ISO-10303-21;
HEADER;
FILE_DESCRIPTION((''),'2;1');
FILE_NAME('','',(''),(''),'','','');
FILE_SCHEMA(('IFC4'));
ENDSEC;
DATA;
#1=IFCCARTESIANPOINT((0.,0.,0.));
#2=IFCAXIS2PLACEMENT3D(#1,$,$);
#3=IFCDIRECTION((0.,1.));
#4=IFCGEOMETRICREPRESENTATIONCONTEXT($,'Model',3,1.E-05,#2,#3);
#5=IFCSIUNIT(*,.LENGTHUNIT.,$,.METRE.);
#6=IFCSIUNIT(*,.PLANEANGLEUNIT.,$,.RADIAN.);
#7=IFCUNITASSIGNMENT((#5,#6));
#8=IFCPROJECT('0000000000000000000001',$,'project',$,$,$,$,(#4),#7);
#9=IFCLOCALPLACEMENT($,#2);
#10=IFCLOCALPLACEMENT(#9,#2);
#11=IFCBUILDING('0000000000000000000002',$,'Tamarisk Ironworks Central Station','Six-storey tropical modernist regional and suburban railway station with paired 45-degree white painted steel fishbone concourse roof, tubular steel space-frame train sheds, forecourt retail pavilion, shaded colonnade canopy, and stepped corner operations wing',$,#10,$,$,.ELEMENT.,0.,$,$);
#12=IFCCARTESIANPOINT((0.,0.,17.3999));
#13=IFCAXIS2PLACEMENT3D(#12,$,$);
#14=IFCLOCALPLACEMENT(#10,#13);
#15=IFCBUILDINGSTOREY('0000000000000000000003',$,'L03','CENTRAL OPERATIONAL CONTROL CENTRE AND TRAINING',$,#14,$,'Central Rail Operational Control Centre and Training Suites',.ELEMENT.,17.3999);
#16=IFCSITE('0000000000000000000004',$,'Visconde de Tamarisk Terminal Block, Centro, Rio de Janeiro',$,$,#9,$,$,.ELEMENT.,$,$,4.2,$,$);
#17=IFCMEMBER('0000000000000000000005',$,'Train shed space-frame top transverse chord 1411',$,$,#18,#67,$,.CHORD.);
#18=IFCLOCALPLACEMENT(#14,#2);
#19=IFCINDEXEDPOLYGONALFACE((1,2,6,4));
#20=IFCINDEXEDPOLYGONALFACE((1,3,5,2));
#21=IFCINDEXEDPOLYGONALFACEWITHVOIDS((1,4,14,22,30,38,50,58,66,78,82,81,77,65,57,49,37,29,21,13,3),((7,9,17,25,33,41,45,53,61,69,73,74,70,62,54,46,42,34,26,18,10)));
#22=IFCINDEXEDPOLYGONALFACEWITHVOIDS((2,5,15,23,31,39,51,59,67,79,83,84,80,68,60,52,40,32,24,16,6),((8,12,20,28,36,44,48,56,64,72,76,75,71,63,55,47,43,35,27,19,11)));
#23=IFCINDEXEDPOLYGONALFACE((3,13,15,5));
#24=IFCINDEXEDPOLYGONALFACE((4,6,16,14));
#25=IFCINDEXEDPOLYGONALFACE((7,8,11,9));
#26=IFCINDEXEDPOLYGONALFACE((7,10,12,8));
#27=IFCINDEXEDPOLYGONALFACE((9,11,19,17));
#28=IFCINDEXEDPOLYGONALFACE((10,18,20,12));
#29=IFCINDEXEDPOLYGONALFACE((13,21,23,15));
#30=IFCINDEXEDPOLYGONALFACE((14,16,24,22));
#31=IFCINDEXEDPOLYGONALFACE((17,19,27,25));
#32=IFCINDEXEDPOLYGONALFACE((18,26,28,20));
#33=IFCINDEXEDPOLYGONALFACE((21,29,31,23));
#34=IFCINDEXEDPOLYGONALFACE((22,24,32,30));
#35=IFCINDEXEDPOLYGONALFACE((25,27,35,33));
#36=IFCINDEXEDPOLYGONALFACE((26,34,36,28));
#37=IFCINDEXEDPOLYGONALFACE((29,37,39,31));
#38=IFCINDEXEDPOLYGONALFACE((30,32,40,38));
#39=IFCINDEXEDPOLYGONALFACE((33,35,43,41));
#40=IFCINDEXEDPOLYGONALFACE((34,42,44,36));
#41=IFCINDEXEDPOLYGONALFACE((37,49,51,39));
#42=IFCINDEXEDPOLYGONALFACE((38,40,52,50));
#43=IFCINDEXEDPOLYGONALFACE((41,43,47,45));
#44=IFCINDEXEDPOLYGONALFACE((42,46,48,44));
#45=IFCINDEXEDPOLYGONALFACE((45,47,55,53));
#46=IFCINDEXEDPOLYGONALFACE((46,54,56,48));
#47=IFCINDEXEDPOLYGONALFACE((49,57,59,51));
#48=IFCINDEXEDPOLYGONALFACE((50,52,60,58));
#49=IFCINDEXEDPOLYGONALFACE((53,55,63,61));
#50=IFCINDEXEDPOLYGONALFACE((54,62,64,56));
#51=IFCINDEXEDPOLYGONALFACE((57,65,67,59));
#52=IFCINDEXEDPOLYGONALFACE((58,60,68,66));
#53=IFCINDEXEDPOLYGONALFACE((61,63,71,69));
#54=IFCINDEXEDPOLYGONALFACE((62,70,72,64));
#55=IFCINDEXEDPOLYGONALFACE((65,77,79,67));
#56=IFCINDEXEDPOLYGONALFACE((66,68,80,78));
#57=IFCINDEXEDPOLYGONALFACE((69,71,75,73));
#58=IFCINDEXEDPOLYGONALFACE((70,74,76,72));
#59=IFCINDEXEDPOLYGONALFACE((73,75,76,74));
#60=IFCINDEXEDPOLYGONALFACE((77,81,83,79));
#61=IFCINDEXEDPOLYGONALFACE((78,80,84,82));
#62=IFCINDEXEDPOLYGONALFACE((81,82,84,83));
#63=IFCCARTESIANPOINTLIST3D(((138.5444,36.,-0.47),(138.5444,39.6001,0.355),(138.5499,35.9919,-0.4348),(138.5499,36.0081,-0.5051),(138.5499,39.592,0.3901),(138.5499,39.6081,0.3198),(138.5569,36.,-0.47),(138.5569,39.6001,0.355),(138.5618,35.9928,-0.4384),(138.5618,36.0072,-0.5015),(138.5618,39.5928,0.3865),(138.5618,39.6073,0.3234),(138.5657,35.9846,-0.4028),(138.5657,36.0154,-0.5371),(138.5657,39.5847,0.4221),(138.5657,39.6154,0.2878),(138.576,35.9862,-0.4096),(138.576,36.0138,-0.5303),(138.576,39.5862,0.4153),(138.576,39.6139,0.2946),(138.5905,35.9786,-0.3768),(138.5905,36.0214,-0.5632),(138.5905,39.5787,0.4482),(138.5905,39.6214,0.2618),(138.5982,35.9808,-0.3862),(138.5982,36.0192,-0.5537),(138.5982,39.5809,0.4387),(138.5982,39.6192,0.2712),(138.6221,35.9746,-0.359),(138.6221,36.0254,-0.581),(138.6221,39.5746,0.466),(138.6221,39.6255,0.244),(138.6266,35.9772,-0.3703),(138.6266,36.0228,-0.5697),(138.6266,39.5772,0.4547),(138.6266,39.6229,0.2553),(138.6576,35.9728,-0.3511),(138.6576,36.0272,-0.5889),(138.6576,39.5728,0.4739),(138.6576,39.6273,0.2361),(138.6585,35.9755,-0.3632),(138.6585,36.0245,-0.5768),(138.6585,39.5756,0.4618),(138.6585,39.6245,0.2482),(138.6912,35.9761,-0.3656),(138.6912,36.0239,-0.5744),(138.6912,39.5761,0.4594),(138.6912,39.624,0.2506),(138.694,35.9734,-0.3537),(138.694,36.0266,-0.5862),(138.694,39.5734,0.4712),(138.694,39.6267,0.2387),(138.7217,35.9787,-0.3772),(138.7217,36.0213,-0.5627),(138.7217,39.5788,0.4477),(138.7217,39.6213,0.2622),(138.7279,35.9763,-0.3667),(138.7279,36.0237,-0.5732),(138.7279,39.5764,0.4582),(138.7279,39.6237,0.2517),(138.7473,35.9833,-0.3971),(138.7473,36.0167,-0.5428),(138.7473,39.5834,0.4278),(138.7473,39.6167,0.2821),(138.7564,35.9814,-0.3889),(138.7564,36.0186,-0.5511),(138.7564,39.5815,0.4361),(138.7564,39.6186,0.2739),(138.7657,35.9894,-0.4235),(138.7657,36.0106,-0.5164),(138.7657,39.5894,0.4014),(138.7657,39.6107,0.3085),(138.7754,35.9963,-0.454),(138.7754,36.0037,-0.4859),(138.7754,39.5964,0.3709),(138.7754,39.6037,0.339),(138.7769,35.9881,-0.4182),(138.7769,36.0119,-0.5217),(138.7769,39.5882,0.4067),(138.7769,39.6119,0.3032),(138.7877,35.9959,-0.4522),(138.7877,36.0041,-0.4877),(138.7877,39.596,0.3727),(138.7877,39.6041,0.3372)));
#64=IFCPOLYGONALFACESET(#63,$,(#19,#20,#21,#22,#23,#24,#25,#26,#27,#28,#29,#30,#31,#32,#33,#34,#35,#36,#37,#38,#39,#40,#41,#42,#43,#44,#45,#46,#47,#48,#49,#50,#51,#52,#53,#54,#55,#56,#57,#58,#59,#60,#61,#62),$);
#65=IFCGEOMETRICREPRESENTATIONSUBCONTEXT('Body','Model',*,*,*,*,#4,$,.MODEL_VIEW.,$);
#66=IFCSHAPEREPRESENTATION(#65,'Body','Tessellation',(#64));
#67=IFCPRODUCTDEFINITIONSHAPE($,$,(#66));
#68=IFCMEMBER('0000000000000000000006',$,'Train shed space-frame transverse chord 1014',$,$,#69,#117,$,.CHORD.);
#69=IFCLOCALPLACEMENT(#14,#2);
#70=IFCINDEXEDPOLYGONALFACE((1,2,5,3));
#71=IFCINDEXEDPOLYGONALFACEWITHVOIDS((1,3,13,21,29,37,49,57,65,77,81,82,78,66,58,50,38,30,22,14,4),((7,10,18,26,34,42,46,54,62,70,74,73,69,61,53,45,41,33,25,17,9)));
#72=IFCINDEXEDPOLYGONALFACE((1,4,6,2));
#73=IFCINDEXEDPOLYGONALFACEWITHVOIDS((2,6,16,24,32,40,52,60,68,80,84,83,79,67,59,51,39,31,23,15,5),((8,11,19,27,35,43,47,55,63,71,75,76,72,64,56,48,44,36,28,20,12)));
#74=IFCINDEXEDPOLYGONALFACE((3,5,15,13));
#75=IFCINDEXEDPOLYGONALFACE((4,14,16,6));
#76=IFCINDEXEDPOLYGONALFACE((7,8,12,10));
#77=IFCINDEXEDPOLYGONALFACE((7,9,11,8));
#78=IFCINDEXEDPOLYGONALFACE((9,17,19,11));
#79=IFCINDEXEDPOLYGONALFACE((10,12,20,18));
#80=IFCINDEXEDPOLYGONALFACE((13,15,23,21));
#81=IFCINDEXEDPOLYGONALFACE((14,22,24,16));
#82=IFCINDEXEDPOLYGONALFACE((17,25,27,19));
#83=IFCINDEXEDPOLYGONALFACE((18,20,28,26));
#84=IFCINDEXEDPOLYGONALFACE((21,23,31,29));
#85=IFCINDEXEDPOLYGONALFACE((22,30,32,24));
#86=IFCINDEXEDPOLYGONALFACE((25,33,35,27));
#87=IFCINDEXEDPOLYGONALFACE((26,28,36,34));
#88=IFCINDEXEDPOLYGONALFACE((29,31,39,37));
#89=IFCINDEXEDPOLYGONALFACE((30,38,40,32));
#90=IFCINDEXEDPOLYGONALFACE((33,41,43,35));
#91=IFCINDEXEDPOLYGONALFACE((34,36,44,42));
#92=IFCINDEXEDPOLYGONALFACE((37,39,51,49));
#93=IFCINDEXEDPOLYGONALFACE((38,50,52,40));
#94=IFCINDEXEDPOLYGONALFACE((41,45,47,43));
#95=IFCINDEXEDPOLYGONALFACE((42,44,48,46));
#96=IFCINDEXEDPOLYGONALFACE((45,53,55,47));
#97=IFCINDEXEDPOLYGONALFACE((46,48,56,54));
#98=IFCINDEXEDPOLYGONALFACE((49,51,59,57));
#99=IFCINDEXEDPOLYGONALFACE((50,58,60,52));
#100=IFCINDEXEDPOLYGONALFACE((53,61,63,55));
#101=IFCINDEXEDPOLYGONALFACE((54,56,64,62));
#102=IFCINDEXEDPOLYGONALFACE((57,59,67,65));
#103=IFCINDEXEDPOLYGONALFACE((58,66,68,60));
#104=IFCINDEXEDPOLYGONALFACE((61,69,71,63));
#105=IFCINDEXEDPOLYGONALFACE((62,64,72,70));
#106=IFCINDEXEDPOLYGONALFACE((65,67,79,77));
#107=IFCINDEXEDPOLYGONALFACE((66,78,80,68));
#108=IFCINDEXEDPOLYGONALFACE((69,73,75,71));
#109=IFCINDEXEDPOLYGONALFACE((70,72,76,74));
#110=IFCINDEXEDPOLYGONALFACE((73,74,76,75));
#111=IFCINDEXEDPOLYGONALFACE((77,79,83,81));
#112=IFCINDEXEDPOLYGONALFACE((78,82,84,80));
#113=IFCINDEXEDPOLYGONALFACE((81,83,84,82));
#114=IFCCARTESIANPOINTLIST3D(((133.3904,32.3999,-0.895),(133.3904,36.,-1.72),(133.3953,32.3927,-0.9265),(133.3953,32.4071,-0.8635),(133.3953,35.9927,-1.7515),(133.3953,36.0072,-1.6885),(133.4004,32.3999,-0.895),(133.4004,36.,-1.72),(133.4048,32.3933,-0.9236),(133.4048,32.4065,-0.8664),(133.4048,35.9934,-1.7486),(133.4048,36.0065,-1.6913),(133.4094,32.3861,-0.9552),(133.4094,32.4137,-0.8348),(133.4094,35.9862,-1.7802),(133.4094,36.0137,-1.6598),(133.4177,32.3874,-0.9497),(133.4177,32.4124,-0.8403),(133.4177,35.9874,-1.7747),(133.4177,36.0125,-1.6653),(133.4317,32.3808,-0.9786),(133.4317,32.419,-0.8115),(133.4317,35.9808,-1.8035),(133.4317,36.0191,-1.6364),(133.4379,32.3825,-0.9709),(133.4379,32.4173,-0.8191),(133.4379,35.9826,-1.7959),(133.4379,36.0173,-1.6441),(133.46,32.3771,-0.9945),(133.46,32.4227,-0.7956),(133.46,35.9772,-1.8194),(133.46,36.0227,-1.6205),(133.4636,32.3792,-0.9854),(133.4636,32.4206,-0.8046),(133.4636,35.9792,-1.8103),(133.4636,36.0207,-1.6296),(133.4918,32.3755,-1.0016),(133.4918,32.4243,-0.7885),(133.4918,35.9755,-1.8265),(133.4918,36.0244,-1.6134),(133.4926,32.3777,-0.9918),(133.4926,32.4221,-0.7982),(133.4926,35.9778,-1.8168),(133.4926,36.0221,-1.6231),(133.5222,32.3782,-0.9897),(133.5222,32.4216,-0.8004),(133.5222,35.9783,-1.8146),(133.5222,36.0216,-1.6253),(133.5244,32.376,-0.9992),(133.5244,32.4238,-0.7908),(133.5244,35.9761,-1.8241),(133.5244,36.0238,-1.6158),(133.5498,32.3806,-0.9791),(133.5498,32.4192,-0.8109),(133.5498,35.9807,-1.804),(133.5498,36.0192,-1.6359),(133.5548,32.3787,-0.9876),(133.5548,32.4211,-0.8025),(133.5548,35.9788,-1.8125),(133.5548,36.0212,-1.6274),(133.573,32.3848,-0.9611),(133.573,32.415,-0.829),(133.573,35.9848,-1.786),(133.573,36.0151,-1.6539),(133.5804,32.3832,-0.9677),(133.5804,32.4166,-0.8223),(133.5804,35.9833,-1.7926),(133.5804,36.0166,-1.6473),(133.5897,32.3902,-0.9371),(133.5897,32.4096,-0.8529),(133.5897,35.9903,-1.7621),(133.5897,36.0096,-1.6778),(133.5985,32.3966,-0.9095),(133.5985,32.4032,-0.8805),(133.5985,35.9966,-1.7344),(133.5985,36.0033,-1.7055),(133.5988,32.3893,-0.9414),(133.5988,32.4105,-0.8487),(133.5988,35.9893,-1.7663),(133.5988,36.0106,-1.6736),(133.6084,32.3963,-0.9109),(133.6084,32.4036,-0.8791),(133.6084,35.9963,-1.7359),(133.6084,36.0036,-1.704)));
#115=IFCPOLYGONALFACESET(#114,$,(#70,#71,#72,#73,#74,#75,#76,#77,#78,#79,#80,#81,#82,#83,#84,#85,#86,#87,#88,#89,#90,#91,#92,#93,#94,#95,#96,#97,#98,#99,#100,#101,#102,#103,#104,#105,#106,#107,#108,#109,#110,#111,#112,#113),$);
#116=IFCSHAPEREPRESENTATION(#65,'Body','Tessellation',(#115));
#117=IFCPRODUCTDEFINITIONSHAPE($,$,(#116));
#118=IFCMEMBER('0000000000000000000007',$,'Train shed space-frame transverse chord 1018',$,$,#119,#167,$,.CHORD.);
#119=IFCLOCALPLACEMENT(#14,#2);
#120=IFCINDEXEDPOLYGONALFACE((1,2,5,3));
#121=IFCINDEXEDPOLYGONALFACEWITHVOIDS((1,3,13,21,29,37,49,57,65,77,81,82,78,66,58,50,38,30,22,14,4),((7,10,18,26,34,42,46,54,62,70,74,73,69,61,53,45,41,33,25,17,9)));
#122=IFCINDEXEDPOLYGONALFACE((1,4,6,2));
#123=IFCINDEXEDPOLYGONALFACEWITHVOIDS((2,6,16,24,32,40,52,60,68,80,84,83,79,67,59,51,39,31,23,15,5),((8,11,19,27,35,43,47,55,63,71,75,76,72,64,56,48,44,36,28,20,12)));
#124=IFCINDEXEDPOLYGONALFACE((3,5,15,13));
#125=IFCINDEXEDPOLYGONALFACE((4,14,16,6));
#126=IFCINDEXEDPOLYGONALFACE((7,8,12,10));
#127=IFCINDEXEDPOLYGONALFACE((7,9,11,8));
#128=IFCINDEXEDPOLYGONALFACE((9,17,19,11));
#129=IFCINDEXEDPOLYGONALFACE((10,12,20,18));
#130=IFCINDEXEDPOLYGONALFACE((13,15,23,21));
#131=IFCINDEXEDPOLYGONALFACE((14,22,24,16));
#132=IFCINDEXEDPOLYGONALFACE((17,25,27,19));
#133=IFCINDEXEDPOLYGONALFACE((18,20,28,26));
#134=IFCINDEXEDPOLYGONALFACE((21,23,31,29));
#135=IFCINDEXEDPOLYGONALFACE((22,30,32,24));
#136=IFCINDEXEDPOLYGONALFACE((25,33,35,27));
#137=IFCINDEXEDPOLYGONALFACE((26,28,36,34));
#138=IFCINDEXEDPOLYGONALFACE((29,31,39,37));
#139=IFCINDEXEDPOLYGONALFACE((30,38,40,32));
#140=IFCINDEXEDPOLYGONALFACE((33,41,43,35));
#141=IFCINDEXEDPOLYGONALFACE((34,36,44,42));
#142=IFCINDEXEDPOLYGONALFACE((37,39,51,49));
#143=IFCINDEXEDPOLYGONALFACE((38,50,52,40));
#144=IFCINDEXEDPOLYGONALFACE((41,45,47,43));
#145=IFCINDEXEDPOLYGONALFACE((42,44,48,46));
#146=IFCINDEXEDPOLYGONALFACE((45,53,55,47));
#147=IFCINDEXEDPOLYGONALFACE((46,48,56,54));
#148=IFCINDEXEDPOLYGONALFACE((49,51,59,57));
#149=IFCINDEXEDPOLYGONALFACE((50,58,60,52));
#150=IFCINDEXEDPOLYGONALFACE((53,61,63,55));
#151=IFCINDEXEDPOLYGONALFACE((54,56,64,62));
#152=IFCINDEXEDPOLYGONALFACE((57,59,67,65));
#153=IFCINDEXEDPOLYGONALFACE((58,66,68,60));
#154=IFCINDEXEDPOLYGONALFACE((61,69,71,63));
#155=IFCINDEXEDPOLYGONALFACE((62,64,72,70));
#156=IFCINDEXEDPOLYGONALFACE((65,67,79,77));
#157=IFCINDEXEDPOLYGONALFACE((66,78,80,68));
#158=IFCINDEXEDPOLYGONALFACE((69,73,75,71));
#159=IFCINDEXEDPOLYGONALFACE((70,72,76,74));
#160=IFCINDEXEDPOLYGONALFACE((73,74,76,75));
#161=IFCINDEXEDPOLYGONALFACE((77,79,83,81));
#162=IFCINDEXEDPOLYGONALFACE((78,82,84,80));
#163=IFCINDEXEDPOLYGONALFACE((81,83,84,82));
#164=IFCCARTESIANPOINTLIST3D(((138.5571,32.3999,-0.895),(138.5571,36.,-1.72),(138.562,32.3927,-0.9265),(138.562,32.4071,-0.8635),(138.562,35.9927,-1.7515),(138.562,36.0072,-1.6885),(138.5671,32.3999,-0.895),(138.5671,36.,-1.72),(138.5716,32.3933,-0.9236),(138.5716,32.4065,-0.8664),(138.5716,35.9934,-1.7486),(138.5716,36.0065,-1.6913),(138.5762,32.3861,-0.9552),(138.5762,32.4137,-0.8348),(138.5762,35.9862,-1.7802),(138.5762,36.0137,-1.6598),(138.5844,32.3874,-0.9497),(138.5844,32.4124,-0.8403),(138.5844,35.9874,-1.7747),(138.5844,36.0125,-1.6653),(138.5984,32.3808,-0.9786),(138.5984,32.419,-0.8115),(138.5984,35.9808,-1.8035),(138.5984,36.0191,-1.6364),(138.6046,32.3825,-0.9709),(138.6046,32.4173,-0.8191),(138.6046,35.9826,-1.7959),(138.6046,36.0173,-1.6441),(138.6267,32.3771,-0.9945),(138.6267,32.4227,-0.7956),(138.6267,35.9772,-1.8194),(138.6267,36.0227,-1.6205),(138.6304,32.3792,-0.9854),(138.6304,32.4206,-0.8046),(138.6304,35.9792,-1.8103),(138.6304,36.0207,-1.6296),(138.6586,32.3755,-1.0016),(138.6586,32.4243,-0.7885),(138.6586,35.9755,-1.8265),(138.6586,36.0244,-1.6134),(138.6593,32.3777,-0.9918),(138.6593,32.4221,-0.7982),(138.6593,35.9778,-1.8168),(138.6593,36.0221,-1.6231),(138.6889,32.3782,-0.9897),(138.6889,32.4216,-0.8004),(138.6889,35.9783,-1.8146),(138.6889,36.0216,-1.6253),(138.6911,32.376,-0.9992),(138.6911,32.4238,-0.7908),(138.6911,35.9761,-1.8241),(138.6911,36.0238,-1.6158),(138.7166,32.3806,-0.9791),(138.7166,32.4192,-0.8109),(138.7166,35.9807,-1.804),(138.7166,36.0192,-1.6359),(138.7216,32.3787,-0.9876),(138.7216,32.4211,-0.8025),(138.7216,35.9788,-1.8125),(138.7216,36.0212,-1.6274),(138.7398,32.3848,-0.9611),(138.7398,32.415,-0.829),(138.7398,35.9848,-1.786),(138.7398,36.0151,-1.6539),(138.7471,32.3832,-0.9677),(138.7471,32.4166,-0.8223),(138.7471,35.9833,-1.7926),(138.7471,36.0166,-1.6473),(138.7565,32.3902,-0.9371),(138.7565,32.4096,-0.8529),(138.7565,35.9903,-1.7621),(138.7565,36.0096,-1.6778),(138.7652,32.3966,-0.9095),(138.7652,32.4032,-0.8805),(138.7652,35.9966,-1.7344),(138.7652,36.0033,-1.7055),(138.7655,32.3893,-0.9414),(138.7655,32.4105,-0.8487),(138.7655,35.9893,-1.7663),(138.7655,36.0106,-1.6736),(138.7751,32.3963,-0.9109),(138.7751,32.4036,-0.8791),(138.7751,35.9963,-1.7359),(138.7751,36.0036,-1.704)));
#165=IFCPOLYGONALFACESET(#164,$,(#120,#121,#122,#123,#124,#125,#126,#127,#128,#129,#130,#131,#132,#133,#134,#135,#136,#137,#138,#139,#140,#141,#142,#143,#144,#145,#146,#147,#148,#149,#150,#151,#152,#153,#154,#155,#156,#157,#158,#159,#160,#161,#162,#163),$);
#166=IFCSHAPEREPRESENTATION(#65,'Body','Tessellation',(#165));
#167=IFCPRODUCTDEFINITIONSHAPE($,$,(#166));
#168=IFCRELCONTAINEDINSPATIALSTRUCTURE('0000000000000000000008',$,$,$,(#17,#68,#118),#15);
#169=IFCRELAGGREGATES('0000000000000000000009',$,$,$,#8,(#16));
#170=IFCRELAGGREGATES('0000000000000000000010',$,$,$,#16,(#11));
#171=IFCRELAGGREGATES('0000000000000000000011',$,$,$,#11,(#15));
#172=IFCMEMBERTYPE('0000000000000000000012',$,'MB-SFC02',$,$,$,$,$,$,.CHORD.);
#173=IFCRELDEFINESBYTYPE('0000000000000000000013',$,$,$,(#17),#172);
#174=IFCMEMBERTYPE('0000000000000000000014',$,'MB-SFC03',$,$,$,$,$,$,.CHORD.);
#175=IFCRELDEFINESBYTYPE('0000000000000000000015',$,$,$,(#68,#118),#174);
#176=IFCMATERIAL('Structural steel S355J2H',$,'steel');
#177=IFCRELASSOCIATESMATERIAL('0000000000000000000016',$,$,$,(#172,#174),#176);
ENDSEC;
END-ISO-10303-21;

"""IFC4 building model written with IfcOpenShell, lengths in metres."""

from ifc_helpers import new_model, si_unit, direction, frame, origin, origin_2d, place, context, subcontext, project, spatial, hollow_circle, extrude, material, material_profile, profile_set, type_object, element, save


model = new_model("IFC4")

# Units and contexts
model_context = context("Model", 3, precision=1e-05, world=origin(), true_north=direction((0.0, 1.0)))
body_context = subcontext(model_context, "Body", "Model", "MODEL_VIEW")
ifc_project = project(units=[si_unit("LENGTHUNIT", "METRE"), si_unit("PLANEANGLEUNIT", "RADIAN")], contexts=[model_context])

# Site, building, storey
site_placement = place(None, origin())
site = spatial("IfcSite", under=ifc_project, at=site_placement, Name="Visconde de Tamarisk Terminal Block, Centro, Rio de Janeiro", CompositionType="ELEMENT", RefElevation=4.2)
building_placement = place(site_placement, origin())
building = spatial("IfcBuilding", under=site, at=building_placement, Name="Tamarisk Ironworks Central Station", Description="Six-storey tropical modernist regional and suburban railway station with paired 45-degree white painted steel fishbone concourse roof, tubular steel space-frame train sheds, forecourt retail pavilion, shaded colonnade canopy, and stepped corner operations wing", CompositionType="ELEMENT", ElevationOfRefHeight=0.0)
storey_placement = place(building_placement, frame((0.0, 0.0, 17.3999)))
storey = spatial("IfcBuildingStorey", under=building, at=storey_placement, Name="L03", Description="CENTRAL OPERATIONAL CONTROL CENTRE AND TRAINING", LongName="Central Rail Operational Control Centre and Training Suites", CompositionType="ELEMENT", Elevation=17.3999)

# Members
ifc_material_1 = material(Name="Structural steel S355J2H", Category="steel")
ifc_material_profile_1 = material_profile(ifc_material_1, hollow_circle(Radius=0.1223, WallThickness=0.0125, at=origin_2d()), Name="CHS 244.5x12.5")
ifc_profile_set_1 = profile_set([ifc_material_profile_1], Name="Structural steel S355J2H")
member_type_1 = type_object("IfcMemberType", Name="MB-SFC02", PredefinedType="CHORD", material=ifc_profile_set_1)
for number, where, z_axis, x_axis, name in (
    (1, (138.6667, 36.0, -0.47), (0.0, 0.974737, 0.223358), (-1.0, 0.0, 0.0), "Train shed space-frame top transverse chord 1411"),
):
    element("IfcMember", number, at=place(storey_placement, frame(where, z_axis=z_axis, x_axis=x_axis)), inside=storey, type_object=member_type_1, Name=name, PredefinedType="CHORD", context=body_context, shape_type="SweptSolid", body=[
        extrude(hollow_circle(Radius=0.1223, WallThickness=0.0125, at=origin_2d()), origin(), (0.0, 0.0, 1.0), 3.6934),
    ])
ifc_material_profile_2 = material_profile(ifc_material_1, hollow_circle(Radius=0.1096, WallThickness=0.01, at=origin_2d()), Name="CHS 219.1x10")
ifc_profile_set_2 = profile_set([ifc_material_profile_2], Name="Structural steel S355J2H")
member_type_2 = type_object("IfcMemberType", Name="MB-SFC03", PredefinedType="CHORD", material=ifc_profile_set_2)
for number, where, z_axis, x_axis, name in (
    (2, (133.5, 32.3999, -0.895), (0.0, 0.974737, -0.223358), (-1.0, 0.0, 0.0), "Train shed space-frame transverse chord 1014"),
    (3, (138.6667, 32.3999, -0.895), (0.0, 0.974737, -0.223358), (-1.0, 0.0, 0.0), "Train shed space-frame transverse chord 1018"),
):
    element("IfcMember", number, at=place(storey_placement, frame(where, z_axis=z_axis, x_axis=x_axis)), inside=storey, type_object=member_type_2, Name=name, PredefinedType="CHORD", context=body_context, shape_type="SweptSolid", body=[
        extrude(hollow_circle(Radius=0.1096, WallThickness=0.01, at=origin_2d()), origin(), (0.0, 0.0, 1.0), 3.6934),
    ])

save(model, "model.ifc")
